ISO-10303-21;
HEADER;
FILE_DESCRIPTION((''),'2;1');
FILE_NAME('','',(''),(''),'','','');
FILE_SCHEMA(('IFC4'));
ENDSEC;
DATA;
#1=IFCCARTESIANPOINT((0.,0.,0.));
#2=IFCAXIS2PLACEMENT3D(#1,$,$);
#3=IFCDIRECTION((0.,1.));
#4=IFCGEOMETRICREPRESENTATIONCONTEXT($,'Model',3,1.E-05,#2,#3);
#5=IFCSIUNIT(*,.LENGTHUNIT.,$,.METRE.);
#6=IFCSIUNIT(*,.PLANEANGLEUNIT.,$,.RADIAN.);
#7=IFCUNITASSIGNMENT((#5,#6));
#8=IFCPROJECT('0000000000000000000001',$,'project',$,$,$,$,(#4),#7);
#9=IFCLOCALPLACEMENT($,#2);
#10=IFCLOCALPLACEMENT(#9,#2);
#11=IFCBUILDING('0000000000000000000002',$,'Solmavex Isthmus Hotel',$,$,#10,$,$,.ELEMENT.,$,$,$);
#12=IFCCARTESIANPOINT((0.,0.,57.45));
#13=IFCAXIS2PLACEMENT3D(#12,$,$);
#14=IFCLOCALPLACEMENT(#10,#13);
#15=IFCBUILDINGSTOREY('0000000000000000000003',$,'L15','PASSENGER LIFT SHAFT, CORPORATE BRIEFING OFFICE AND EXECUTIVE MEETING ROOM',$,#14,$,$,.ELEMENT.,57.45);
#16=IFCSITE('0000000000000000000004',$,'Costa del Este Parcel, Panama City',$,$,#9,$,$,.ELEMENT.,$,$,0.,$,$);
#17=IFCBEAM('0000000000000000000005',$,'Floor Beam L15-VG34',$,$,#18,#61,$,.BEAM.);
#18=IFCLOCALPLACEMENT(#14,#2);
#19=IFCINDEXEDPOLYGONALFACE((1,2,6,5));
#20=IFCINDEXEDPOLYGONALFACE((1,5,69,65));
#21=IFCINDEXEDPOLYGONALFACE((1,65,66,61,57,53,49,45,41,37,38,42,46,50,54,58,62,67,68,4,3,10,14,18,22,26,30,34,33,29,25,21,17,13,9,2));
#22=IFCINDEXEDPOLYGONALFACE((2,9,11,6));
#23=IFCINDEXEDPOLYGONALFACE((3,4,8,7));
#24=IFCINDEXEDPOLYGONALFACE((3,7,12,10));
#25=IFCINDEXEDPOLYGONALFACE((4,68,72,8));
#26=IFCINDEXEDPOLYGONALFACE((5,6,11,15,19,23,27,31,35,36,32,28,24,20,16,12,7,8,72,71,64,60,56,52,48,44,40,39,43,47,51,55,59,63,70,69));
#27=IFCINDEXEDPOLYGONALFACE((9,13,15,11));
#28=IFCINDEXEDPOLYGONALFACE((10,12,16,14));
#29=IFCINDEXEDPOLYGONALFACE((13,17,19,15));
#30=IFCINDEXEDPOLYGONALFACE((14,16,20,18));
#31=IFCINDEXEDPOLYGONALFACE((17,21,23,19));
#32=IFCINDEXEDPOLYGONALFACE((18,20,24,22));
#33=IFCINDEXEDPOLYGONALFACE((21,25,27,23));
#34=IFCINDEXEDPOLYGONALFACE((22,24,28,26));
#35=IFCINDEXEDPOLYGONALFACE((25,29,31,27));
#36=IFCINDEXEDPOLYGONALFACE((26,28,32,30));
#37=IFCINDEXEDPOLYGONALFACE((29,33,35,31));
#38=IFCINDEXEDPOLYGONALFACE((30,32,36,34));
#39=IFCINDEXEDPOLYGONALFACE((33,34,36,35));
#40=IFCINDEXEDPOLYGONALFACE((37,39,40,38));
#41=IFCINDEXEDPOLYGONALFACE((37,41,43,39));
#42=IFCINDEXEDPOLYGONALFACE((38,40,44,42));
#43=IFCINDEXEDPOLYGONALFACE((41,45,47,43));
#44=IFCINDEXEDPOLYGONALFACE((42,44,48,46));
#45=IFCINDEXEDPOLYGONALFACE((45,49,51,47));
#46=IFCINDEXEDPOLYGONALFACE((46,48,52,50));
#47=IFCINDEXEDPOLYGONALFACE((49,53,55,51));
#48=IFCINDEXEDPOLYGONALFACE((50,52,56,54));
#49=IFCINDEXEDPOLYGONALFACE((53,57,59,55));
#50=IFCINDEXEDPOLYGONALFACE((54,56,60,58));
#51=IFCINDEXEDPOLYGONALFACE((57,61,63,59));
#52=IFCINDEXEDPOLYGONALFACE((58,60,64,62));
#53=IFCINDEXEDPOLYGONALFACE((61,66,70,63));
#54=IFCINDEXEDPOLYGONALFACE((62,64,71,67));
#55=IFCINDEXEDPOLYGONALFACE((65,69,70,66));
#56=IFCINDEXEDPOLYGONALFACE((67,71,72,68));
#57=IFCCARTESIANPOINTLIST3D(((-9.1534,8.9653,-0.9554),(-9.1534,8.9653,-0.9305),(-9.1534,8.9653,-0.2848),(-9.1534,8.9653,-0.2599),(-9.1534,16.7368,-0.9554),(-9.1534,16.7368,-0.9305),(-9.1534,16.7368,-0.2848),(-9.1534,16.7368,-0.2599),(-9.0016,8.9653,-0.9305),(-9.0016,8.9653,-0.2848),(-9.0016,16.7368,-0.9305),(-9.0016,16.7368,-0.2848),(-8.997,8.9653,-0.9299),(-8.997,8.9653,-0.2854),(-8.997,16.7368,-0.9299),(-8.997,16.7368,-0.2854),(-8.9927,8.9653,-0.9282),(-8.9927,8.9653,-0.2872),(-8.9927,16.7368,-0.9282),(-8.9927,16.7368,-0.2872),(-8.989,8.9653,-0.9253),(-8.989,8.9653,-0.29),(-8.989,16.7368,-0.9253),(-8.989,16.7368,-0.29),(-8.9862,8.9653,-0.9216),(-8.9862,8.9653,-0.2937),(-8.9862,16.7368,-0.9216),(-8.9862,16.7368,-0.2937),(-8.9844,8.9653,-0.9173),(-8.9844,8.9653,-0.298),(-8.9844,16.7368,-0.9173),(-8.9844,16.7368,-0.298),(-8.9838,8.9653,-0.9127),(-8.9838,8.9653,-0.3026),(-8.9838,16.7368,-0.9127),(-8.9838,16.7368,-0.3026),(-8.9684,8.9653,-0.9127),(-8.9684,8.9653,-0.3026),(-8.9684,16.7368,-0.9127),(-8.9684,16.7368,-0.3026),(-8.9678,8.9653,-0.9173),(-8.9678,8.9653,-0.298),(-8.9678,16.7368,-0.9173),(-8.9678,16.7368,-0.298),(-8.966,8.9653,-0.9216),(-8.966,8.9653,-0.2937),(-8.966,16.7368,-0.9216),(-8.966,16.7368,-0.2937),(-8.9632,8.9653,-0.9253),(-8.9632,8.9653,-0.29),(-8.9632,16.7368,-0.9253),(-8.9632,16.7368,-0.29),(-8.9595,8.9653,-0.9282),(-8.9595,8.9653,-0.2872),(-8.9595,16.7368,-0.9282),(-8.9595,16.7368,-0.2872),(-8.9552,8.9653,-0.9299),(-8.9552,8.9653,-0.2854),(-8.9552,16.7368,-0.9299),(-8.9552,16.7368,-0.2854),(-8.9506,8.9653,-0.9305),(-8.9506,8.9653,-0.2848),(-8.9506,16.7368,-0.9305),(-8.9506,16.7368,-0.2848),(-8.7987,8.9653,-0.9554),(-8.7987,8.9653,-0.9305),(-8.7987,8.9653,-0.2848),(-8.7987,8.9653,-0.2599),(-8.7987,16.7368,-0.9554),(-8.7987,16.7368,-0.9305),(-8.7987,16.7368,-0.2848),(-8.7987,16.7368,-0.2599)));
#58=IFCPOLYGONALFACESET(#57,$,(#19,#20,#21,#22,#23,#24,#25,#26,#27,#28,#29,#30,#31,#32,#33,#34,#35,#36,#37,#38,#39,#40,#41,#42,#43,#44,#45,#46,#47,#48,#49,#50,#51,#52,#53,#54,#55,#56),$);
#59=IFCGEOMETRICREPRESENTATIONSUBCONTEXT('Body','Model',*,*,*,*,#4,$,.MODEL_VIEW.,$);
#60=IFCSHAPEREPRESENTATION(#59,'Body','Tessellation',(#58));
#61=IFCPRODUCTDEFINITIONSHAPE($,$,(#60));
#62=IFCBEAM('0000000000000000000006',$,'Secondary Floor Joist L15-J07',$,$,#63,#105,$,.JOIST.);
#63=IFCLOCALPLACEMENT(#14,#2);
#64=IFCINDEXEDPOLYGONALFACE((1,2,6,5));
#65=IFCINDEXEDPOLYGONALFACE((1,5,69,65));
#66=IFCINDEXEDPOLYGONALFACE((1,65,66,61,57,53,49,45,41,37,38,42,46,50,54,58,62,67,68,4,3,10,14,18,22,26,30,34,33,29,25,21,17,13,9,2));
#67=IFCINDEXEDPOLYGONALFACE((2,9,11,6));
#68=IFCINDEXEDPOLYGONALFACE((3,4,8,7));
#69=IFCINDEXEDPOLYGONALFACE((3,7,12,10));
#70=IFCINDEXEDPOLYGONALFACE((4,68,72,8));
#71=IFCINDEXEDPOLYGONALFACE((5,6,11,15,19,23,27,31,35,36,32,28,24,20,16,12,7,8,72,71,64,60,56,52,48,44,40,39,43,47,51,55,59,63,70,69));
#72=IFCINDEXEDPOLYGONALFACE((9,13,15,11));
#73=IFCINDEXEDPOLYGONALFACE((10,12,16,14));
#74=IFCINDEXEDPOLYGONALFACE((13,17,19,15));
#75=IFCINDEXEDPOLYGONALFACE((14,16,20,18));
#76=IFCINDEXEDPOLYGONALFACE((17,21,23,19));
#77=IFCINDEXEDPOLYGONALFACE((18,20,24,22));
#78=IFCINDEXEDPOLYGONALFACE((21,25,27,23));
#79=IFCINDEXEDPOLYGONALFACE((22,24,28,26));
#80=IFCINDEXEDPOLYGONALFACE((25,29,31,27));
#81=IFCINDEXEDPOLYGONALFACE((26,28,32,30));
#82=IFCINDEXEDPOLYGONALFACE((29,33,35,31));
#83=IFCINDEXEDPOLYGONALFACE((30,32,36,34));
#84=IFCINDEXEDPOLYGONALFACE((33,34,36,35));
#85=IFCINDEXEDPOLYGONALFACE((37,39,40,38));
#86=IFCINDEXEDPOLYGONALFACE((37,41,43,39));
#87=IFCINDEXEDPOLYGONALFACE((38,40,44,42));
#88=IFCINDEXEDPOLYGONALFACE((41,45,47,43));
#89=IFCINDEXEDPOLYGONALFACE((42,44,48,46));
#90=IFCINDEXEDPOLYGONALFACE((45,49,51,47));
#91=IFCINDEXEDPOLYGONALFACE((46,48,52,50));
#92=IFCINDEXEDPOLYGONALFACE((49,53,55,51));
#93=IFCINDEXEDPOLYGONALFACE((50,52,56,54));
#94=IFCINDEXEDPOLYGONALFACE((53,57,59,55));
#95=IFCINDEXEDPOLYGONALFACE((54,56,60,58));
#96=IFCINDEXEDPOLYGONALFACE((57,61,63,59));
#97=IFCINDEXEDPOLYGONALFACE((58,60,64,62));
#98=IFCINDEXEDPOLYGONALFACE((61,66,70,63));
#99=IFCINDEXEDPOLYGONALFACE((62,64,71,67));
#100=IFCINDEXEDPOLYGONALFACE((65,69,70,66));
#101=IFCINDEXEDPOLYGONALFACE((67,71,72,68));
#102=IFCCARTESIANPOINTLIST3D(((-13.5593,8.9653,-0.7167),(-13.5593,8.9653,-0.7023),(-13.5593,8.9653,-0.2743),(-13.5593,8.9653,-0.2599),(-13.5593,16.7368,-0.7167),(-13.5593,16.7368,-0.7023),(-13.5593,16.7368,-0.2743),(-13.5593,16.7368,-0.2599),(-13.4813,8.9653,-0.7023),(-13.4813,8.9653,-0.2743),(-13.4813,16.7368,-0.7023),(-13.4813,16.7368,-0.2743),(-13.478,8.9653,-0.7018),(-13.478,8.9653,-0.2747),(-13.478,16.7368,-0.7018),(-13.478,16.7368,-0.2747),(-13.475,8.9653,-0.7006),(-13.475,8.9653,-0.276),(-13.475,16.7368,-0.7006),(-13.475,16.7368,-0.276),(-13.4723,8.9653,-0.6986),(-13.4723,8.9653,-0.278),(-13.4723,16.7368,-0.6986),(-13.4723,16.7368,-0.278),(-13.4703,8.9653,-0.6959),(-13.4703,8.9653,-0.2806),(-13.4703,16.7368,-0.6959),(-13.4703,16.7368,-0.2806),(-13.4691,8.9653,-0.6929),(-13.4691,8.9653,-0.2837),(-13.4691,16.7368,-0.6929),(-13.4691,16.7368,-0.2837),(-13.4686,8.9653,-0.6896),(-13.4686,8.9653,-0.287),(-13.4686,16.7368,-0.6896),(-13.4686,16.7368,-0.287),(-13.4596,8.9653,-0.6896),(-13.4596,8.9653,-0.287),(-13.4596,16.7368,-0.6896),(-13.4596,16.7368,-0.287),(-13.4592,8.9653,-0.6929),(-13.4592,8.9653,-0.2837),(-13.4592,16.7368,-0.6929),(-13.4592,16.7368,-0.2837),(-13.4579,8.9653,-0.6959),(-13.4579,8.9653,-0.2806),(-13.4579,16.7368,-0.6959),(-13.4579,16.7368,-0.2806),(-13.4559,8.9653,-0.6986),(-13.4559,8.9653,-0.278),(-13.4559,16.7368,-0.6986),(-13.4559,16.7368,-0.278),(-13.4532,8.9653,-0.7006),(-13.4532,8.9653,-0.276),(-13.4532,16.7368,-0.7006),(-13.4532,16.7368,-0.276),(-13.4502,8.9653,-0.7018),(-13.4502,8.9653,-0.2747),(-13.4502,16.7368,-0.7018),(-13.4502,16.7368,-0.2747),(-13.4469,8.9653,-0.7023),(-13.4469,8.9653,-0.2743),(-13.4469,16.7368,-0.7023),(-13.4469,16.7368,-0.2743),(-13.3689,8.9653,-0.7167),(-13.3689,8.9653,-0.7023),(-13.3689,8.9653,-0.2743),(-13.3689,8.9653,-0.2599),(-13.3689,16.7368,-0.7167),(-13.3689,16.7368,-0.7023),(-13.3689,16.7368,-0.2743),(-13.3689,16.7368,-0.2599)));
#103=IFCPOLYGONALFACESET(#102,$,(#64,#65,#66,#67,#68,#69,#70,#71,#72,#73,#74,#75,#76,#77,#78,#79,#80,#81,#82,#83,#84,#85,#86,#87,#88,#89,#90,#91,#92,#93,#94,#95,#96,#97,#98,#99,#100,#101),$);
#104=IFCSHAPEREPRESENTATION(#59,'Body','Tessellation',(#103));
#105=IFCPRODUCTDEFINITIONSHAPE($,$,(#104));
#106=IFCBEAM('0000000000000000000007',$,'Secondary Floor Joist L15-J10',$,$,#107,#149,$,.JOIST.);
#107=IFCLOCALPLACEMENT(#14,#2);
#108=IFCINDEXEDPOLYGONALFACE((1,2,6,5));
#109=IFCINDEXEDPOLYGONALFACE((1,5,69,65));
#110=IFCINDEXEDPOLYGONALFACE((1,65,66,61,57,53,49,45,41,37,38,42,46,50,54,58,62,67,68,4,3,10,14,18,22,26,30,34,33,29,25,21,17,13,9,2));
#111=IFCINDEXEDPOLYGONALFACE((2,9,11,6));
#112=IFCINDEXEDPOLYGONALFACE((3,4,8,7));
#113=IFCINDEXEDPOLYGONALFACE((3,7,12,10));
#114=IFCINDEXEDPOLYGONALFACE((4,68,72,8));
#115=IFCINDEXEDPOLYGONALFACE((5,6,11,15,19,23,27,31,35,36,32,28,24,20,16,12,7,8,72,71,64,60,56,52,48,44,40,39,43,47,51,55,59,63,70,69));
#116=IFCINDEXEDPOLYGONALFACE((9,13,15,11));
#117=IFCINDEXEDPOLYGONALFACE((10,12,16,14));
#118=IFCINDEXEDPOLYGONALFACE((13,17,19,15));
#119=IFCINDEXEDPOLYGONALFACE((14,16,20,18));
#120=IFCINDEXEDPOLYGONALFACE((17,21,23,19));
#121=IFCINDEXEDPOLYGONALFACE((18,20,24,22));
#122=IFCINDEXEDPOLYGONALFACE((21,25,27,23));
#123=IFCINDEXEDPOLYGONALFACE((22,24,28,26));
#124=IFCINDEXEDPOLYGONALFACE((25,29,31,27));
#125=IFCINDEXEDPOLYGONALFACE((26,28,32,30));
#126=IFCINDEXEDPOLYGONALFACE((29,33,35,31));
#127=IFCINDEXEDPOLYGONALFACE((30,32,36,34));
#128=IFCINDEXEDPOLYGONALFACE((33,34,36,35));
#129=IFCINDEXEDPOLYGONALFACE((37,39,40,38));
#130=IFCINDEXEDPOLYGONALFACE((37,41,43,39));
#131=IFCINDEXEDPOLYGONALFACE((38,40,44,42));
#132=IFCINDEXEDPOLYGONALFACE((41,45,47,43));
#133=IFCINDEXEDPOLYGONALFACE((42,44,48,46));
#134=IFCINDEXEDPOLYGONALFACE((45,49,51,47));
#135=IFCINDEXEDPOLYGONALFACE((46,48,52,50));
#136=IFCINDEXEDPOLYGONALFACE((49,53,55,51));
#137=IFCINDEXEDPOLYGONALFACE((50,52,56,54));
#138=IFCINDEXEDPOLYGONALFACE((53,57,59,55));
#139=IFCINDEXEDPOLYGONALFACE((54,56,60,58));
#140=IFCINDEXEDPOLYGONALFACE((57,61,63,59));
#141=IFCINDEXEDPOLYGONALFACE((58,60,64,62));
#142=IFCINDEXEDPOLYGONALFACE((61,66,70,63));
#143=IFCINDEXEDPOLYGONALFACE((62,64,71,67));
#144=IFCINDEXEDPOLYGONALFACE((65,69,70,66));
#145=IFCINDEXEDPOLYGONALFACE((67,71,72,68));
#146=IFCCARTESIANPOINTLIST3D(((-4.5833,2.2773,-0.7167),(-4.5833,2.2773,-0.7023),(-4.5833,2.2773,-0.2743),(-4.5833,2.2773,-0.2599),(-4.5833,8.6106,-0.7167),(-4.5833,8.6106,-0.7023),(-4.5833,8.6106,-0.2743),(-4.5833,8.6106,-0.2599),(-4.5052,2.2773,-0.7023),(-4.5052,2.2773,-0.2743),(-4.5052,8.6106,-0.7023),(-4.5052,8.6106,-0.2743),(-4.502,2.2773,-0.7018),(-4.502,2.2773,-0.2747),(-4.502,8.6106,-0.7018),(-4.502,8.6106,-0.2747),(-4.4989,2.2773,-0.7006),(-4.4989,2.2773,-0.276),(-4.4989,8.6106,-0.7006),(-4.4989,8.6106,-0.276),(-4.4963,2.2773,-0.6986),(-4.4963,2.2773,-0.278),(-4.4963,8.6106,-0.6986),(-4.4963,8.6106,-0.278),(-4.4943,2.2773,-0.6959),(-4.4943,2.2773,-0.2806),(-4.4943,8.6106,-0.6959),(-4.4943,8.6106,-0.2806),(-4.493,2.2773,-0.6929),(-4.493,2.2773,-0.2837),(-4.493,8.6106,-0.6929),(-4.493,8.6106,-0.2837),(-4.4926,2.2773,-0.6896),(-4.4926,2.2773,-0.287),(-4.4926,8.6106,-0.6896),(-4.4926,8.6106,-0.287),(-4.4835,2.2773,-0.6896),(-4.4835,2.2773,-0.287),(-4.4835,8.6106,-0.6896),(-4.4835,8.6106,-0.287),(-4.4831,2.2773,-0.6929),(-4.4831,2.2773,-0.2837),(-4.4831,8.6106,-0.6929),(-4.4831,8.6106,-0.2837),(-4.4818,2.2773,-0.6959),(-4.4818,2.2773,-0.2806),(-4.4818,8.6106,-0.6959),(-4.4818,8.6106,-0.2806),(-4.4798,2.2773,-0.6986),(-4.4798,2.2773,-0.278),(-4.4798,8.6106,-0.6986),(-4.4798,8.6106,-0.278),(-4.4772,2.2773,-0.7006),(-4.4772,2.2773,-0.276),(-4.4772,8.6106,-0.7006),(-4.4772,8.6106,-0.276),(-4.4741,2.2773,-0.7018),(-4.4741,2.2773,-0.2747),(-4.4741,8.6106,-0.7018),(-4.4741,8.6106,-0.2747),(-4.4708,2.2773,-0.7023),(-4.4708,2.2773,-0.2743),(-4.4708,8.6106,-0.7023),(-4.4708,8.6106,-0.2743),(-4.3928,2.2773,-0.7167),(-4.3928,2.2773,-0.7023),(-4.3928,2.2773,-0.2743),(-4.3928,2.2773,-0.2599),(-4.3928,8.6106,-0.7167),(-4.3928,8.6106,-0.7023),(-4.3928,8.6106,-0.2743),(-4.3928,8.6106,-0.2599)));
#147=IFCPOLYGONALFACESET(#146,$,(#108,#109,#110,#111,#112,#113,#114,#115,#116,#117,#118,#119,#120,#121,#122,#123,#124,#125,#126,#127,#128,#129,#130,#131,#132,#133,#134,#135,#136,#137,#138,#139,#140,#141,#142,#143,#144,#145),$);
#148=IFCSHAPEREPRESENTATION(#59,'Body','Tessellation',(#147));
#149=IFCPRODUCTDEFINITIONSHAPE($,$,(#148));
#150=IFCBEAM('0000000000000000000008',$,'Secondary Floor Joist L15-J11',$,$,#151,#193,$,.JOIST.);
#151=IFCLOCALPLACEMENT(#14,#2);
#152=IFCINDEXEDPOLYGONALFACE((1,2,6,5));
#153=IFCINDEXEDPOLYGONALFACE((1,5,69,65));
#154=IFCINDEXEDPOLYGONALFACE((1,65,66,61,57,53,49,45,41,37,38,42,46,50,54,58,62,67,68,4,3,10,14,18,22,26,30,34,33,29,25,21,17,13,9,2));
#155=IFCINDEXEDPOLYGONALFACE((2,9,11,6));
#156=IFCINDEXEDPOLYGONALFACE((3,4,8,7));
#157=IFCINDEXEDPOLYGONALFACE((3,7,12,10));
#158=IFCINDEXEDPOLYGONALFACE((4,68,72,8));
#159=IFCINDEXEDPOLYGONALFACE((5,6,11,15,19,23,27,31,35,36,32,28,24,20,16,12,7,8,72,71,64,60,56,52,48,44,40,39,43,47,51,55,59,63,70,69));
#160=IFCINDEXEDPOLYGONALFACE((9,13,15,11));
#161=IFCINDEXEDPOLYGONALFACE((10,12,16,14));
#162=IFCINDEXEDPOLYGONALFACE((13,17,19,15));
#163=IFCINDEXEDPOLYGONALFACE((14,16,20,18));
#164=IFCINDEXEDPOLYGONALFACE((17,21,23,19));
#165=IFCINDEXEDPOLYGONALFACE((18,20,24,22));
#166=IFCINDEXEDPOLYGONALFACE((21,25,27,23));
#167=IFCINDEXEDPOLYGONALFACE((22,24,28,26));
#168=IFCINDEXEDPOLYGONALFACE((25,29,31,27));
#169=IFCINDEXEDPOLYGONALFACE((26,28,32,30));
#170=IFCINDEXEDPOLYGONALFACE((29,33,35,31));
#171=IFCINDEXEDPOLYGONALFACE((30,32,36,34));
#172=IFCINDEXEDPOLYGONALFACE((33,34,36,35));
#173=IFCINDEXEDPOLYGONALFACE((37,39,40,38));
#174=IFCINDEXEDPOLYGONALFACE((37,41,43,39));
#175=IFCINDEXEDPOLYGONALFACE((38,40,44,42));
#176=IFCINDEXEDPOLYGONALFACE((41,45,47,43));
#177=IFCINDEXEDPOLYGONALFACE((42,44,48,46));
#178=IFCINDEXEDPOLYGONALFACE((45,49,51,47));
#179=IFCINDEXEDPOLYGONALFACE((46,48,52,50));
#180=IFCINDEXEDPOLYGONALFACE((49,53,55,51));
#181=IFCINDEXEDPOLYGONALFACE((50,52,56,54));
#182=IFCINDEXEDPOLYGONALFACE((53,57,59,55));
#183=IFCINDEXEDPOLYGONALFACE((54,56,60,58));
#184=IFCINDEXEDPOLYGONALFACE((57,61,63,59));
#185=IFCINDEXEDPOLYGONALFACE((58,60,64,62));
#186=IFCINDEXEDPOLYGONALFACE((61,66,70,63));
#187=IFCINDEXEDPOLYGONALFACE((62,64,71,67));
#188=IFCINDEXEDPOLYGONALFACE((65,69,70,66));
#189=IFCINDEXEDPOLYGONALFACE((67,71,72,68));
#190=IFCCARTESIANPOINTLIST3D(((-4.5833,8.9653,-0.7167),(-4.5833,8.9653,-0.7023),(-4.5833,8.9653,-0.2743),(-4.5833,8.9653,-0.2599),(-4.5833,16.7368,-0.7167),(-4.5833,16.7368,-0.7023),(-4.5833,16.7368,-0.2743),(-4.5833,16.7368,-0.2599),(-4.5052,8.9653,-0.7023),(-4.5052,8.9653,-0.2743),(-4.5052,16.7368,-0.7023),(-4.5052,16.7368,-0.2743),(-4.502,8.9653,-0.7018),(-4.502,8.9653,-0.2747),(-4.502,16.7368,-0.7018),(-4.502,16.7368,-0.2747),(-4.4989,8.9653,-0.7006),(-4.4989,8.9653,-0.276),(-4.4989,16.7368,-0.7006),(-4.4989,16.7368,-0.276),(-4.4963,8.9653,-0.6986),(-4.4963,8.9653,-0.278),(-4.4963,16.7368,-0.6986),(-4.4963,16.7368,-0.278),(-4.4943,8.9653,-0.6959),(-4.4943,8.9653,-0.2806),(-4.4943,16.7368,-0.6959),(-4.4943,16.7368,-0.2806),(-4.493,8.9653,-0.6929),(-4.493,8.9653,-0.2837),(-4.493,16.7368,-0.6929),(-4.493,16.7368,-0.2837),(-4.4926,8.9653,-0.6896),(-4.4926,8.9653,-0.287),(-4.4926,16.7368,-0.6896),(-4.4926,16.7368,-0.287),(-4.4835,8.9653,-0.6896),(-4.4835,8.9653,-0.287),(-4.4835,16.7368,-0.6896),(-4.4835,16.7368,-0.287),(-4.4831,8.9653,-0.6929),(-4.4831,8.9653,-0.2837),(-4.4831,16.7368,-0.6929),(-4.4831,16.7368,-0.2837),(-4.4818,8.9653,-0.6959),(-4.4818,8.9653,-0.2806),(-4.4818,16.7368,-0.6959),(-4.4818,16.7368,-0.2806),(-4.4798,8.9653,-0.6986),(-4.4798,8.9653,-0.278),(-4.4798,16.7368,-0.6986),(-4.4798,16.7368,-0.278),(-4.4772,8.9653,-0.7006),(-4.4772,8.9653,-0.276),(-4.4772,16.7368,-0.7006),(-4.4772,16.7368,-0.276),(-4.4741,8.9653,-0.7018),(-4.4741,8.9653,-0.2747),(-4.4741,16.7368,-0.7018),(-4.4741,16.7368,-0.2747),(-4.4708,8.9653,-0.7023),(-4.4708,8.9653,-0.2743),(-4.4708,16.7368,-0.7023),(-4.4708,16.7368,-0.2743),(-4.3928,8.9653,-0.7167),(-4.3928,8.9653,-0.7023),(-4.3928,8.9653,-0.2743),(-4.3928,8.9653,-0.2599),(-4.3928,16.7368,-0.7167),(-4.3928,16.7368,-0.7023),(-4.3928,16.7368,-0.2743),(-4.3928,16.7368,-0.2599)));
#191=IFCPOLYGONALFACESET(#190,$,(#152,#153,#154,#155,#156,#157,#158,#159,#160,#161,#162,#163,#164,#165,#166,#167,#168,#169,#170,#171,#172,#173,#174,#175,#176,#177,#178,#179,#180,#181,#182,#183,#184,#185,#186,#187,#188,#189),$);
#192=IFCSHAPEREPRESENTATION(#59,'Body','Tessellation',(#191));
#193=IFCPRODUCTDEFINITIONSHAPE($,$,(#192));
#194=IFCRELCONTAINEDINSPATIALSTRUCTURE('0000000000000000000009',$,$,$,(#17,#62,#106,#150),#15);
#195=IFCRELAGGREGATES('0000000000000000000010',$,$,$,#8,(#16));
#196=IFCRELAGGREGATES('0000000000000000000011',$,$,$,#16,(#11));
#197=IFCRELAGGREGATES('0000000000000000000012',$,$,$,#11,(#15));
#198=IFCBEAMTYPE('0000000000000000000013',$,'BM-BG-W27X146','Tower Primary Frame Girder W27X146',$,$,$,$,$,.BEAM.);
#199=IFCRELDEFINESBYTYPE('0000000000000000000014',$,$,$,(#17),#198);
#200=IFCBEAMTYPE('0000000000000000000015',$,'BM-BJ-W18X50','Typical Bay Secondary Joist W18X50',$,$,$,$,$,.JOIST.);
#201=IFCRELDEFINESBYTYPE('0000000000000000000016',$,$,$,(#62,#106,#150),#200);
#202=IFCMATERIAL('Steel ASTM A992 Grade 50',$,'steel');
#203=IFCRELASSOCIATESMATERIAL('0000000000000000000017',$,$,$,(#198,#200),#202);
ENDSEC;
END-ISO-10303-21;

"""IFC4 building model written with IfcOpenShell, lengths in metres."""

from ifc_helpers import new_model, si_unit, direction, frame, origin, origin_2d, place, context, subcontext, project, spatial, i_section, extrude, material, material_profile, profile_set, type_object, element, save


model = new_model("IFC4")

# Units and contexts
model_context = context("Model", 3, precision=1e-05, world=origin(), true_north=direction((0.0, 1.0)))
body_context = subcontext(model_context, "Body", "Model", "MODEL_VIEW")
ifc_project = project(units=[si_unit("LENGTHUNIT", "METRE"), si_unit("PLANEANGLEUNIT", "RADIAN")], contexts=[model_context])

# Site, building, storey
site_placement = place(None, origin())
site = spatial("IfcSite", under=ifc_project, at=site_placement, Name="Costa del Este Parcel, Panama City", CompositionType="ELEMENT", RefElevation=0.0)
building_placement = place(site_placement, origin())
building = spatial("IfcBuilding", under=site, at=building_placement, Name="Solmavex Isthmus Hotel", CompositionType="ELEMENT")
storey_placement = place(building_placement, frame((0.0, 0.0, 57.45)))
storey = spatial("IfcBuildingStorey", under=building, at=storey_placement, Name="L15", Description="PASSENGER LIFT SHAFT, CORPORATE BRIEFING OFFICE AND EXECUTIVE MEETING ROOM", CompositionType="ELEMENT", Elevation=57.45)

# Beams
ifc_material_1 = material(Name="Steel ASTM A992 Grade 50", Category="steel")
ifc_material_profile_1 = material_profile(ifc_material_1, i_section(OverallWidth=0.3547, OverallDepth=0.6956, WebThickness=0.0154, FlangeThickness=0.0249, FilletRadius=0.0178, at=origin_2d()), Name="W27X146")
ifc_profile_set_1 = profile_set([ifc_material_profile_1], Name="Steel ASTM A992 Grade 50")
beam_type_1 = type_object("IfcBeamType", Name="BM-BG-W27X146", Description="Tower Primary Frame Girder W27X146", PredefinedType="BEAM", material=ifc_profile_set_1)
for number, where, z_axis, x_axis, name in (
    (1, (-8.9761, 8.9653, -0.6077), (0.0, 1.0, 0.0), (-1.0, 0.0, 0.0), "Floor Beam L15-VG34"),
):
    element("IfcBeam", number, at=place(storey_placement, frame(where, z_axis=z_axis, x_axis=x_axis)), inside=storey, type_object=beam_type_1, Name=name, PredefinedType="BEAM", context=body_context, shape_type="SweptSolid", body=[
        extrude(i_section(OverallWidth=0.3547, OverallDepth=0.6956, WebThickness=0.0154, FlangeThickness=0.0249, FilletRadius=0.0178, at=origin_2d()), origin(), (0.0, 0.0, 1.0), 7.7715),
    ])
ifc_material_profile_2 = material_profile(ifc_material_1, i_section(OverallWidth=0.1904, OverallDepth=0.4568, WebThickness=0.009, FlangeThickness=0.0144, FilletRadius=0.0127, at=origin_2d()), Name="W18X50")
ifc_profile_set_2 = profile_set([ifc_material_profile_2], Name="Steel ASTM A992 Grade 50")
beam_type_2 = type_object("IfcBeamType", Name="BM-BJ-W18X50", Description="Typical Bay Secondary Joist W18X50", PredefinedType="JOIST", material=ifc_profile_set_2)
beam_1_placement = place(storey_placement, frame((-13.4641, 8.9653, -0.4883), z_axis=(0.0, 1.0, 0.0), x_axis=(-1.0, 0.0, 0.0)))
element("IfcBeam", 2, at=beam_1_placement, inside=storey, type_object=beam_type_2, Name="Secondary Floor Joist L15-J07", PredefinedType="JOIST", context=body_context, shape_type="SweptSolid", body=[
    extrude(i_section(OverallWidth=0.1904, OverallDepth=0.4568, WebThickness=0.009, FlangeThickness=0.0144, FilletRadius=0.0127, at=origin_2d()), origin(), (0.0, 0.0, 1.0), 7.7715),
])
beam_2_placement = place(storey_placement, frame((-4.488, 2.2773, -0.4883), z_axis=(0.0, 1.0, 0.0), x_axis=(-1.0, 0.0, 0.0)))
element("IfcBeam", 3, at=beam_2_placement, inside=storey, type_object=beam_type_2, Name="Secondary Floor Joist L15-J10", PredefinedType="JOIST", context=body_context, shape_type="SweptSolid", body=[
    extrude(i_section(OverallWidth=0.1904, OverallDepth=0.4568, WebThickness=0.009, FlangeThickness=0.0144, FilletRadius=0.0127, at=origin_2d()), origin(), (0.0, 0.0, 1.0), 6.3333),
])
beam_3_placement = place(storey_placement, frame((-4.488, 8.9653, -0.4883), z_axis=(0.0, 1.0, 0.0), x_axis=(-1.0, 0.0, 0.0)))
element("IfcBeam", 4, at=beam_3_placement, inside=storey, type_object=beam_type_2, Name="Secondary Floor Joist L15-J11", PredefinedType="JOIST", context=body_context, shape_type="SweptSolid", body=[
    extrude(i_section(OverallWidth=0.1904, OverallDepth=0.4568, WebThickness=0.009, FlangeThickness=0.0144, FilletRadius=0.0127, at=origin_2d()), origin(), (0.0, 0.0, 1.0), 7.7715),
])

save(model, "model.ifc")
